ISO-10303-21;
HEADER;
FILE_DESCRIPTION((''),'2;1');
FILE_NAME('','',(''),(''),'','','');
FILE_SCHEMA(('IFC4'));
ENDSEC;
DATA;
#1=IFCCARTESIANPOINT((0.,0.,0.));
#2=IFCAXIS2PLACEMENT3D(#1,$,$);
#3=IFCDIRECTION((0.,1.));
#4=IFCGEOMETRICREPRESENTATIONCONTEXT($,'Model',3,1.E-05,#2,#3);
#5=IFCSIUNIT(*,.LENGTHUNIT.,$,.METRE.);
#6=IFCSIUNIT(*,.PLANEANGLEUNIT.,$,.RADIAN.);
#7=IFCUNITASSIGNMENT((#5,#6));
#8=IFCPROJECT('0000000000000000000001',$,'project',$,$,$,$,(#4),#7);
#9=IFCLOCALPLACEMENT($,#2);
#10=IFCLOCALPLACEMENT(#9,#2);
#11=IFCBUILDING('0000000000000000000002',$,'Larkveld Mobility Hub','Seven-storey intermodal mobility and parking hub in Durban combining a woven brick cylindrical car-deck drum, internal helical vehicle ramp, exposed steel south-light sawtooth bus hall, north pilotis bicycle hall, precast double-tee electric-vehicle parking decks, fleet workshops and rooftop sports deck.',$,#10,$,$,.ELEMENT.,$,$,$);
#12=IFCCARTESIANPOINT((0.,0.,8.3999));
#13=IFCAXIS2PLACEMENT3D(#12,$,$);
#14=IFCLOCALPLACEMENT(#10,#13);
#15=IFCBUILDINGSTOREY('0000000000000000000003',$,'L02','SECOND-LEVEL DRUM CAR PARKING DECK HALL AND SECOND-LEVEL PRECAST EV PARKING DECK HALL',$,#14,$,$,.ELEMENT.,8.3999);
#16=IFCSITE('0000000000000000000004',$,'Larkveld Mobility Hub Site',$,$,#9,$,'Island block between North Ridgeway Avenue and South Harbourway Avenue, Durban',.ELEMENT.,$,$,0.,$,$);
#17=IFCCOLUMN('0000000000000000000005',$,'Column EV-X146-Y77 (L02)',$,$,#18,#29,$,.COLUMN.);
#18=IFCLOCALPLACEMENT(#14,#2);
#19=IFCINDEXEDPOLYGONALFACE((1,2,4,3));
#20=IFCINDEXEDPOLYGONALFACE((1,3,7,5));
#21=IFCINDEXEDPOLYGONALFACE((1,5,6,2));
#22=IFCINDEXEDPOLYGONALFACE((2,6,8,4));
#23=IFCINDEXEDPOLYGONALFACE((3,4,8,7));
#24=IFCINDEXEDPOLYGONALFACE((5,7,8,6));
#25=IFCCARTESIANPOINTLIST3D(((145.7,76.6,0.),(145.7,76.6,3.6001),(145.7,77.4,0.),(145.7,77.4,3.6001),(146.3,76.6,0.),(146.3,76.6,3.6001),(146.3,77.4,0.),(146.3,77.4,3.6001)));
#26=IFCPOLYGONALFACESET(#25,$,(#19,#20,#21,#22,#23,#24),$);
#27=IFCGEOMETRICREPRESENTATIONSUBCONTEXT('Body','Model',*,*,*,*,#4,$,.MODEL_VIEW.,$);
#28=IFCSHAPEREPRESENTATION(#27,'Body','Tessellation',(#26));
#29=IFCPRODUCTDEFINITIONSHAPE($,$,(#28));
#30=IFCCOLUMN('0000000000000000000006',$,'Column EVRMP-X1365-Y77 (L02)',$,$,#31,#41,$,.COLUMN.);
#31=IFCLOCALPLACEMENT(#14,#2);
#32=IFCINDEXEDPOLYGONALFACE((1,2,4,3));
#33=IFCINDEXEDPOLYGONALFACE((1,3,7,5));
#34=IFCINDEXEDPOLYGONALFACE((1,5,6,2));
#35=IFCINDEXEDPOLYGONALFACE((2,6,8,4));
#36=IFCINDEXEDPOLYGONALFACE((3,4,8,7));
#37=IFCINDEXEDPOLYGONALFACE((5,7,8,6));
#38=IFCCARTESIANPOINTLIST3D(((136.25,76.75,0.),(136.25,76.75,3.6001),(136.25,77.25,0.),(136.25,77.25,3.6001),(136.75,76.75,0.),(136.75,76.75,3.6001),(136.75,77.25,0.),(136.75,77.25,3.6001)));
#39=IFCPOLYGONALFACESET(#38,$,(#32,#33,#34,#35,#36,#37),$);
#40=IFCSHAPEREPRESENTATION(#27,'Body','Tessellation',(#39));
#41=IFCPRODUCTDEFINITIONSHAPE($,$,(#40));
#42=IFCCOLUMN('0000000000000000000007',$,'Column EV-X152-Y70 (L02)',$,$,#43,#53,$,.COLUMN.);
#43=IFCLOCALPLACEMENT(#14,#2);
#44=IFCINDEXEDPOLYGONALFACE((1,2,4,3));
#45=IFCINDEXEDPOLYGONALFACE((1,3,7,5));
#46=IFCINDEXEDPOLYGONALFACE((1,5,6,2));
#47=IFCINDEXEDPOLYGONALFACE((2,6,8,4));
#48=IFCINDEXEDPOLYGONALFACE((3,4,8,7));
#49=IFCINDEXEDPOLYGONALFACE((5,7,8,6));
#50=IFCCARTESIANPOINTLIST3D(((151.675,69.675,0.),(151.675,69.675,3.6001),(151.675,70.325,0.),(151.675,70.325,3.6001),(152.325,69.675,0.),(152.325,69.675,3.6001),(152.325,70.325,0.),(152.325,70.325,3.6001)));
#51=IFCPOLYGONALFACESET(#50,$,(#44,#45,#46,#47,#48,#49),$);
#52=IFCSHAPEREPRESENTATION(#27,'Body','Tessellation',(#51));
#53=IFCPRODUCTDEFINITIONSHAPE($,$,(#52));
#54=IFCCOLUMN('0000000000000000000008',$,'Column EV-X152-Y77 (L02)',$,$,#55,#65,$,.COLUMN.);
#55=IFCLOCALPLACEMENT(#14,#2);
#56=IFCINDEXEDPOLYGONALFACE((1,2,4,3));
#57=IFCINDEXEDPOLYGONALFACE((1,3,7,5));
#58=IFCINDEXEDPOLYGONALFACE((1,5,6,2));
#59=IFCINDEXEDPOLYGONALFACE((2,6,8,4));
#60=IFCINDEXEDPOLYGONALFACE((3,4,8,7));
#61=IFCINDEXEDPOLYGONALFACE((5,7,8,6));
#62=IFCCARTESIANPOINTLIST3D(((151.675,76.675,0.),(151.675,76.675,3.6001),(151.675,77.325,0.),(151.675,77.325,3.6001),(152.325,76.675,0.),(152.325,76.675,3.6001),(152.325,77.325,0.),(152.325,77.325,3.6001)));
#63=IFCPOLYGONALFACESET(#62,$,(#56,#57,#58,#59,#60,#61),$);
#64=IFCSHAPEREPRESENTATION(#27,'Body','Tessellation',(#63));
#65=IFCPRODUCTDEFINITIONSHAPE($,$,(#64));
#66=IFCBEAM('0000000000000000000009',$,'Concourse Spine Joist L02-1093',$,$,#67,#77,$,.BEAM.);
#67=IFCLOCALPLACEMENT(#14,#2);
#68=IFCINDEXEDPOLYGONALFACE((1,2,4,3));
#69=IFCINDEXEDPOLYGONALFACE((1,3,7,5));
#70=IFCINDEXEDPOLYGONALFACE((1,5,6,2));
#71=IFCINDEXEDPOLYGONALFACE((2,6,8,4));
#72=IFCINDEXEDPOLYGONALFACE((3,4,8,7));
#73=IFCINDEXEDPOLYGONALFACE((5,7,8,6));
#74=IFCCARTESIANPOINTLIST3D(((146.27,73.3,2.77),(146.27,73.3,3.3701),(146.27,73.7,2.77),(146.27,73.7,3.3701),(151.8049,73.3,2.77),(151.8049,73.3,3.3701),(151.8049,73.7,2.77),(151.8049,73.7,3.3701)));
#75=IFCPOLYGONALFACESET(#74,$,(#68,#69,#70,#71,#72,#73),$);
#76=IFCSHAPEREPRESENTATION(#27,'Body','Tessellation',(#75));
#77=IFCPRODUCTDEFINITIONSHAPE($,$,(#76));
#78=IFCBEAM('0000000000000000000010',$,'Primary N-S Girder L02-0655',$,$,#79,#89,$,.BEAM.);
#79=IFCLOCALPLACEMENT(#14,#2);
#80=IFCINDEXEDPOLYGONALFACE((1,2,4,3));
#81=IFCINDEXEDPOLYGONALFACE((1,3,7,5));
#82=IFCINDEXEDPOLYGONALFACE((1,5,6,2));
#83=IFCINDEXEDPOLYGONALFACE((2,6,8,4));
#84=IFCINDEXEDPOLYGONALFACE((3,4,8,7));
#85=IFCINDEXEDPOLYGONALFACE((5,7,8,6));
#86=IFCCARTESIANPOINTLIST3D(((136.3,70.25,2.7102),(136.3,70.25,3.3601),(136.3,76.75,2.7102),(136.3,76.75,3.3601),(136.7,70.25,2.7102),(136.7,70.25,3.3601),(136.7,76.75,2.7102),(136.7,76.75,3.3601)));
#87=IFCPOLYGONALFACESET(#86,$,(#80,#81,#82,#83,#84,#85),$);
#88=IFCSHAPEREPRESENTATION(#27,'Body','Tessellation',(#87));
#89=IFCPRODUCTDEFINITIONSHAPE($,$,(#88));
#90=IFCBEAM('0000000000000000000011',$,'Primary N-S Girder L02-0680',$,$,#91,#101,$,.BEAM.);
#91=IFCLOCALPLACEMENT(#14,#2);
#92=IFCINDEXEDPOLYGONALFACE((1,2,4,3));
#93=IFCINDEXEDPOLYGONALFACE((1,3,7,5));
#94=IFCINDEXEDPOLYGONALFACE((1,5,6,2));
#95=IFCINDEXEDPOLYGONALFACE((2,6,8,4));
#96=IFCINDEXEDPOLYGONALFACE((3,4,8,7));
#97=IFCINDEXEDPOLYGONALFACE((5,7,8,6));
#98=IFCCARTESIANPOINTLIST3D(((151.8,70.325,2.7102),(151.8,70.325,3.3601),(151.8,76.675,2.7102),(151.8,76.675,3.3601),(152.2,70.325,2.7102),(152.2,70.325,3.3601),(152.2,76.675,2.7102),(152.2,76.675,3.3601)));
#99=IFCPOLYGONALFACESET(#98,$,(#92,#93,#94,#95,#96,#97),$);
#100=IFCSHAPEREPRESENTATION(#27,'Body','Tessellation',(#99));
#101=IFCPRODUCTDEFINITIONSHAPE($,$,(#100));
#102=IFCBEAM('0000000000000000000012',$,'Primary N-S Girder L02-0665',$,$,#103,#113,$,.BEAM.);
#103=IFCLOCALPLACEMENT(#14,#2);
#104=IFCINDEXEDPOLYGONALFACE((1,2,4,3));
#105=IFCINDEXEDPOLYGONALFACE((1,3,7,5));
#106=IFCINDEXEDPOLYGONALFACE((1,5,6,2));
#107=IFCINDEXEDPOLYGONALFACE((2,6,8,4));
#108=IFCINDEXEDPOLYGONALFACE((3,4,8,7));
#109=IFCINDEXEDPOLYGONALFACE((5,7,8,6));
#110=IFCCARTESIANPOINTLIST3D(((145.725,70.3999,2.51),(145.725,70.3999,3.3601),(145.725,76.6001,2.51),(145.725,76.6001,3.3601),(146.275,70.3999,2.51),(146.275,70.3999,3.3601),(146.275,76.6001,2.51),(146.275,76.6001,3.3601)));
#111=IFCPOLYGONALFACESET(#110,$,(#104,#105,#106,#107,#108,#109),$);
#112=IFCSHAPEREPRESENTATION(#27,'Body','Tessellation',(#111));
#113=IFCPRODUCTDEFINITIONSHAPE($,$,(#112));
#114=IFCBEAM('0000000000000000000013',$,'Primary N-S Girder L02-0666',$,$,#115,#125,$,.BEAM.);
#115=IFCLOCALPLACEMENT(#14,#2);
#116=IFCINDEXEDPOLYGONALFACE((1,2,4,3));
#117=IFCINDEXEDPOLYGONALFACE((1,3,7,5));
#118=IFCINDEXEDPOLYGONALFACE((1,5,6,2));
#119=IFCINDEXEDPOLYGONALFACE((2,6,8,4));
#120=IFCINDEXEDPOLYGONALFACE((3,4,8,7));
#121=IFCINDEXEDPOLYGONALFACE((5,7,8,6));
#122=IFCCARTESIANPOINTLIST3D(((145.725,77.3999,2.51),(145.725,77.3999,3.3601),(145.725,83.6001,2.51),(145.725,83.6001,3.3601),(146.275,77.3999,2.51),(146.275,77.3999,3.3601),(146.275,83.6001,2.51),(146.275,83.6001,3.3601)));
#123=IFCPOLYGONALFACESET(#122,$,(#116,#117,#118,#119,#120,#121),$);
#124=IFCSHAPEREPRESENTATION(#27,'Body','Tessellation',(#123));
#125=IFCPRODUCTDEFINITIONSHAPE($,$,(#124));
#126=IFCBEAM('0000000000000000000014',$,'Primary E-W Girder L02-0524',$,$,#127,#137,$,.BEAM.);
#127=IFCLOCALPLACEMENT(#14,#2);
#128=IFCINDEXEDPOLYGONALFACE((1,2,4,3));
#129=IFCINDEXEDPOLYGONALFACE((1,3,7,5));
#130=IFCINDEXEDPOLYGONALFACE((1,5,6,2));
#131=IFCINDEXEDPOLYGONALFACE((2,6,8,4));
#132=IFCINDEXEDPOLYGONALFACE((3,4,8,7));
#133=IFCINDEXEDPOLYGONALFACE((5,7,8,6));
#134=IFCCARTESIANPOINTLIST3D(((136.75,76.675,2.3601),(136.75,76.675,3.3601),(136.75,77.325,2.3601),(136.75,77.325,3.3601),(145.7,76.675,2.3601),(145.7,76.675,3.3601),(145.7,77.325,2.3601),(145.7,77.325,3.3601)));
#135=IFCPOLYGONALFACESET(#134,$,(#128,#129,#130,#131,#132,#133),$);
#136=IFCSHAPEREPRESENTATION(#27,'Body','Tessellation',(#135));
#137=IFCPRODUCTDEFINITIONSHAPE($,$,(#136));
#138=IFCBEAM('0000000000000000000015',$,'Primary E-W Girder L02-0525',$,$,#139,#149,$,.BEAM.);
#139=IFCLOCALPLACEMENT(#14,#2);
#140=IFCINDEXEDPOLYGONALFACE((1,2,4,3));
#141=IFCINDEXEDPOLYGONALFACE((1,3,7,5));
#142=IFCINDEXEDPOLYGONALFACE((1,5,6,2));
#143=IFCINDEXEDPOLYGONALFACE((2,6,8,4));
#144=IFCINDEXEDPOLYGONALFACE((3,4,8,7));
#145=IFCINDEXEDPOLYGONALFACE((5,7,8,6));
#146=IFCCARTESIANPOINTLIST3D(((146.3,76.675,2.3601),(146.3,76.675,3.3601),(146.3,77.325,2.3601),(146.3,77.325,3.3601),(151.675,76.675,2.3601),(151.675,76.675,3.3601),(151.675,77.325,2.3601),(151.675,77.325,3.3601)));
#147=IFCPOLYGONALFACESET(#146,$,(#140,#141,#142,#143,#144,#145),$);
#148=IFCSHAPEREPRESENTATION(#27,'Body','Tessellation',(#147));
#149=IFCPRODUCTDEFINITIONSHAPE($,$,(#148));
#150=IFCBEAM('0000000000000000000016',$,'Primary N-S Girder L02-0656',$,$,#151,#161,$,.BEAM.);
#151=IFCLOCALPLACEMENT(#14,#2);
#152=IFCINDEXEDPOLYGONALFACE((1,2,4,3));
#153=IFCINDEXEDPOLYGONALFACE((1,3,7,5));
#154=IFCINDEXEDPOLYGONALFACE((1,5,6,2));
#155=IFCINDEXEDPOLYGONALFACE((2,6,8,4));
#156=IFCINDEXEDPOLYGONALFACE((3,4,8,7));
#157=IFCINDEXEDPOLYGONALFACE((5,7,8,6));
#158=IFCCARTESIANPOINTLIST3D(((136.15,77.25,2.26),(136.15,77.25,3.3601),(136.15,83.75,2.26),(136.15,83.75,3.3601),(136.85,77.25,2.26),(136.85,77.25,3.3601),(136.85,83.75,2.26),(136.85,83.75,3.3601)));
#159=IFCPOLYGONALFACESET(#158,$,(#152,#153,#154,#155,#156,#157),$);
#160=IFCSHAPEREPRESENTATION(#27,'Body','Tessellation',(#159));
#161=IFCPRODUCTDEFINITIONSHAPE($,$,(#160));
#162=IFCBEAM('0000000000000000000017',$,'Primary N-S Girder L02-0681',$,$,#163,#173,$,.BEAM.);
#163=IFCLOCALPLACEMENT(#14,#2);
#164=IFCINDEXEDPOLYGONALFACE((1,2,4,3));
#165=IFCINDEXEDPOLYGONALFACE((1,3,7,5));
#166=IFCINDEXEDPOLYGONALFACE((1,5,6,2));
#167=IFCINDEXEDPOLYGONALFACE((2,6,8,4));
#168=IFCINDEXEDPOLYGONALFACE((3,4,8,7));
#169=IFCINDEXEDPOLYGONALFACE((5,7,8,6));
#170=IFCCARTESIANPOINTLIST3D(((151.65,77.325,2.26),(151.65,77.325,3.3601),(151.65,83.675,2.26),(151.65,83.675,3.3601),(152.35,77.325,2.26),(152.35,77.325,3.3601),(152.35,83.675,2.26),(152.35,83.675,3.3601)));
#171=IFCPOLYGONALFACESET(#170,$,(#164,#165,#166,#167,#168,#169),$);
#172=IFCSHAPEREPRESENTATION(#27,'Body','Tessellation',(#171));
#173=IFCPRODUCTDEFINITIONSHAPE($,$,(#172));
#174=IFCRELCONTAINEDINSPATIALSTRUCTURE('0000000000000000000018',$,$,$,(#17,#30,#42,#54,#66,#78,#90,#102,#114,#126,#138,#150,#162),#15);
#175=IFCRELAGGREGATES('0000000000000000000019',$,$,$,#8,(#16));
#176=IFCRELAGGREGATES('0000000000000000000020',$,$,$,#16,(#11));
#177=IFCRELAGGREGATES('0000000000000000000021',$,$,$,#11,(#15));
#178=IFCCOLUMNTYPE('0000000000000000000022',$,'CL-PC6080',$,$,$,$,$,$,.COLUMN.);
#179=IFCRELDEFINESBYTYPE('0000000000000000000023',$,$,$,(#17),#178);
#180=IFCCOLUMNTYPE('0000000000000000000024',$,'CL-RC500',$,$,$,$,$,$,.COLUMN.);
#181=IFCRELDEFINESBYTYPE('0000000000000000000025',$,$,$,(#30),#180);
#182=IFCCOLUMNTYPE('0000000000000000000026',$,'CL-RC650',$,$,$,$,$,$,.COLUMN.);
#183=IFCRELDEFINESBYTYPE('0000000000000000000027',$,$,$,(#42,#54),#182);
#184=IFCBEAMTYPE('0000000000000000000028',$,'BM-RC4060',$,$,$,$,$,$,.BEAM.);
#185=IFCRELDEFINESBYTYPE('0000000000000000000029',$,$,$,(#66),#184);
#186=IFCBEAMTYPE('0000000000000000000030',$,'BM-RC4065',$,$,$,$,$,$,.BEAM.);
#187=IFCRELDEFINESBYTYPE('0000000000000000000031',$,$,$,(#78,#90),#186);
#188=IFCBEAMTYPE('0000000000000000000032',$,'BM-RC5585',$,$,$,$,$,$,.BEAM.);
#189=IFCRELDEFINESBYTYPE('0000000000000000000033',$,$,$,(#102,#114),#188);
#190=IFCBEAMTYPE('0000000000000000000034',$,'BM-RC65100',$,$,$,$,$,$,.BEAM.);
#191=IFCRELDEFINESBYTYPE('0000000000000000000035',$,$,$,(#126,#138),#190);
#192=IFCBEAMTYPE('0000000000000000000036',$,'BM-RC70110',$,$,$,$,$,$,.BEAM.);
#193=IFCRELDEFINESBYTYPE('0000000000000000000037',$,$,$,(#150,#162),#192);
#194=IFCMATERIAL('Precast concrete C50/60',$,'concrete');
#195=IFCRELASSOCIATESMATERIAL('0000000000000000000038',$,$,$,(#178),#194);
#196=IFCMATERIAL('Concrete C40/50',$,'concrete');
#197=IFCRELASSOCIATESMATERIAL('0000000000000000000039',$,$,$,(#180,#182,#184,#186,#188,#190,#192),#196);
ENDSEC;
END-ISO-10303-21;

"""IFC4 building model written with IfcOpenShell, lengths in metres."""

from ifc_helpers import new_model, si_unit, direction, frame, origin, origin_2d, place, context, subcontext, project, spatial, rectangle, extrude, material, material_profile, profile_set, type_object, element, save


model = new_model("IFC4")

# Units and contexts
model_context = context("Model", 3, precision=1e-05, world=origin(), true_north=direction((0.0, 1.0)))
body_context = subcontext(model_context, "Body", "Model", "MODEL_VIEW")
ifc_project = project(units=[si_unit("LENGTHUNIT", "METRE"), si_unit("PLANEANGLEUNIT", "RADIAN")], contexts=[model_context])

# Site, building, storey
site_placement = place(None, origin())
site = spatial("IfcSite", under=ifc_project, at=site_placement, Name="Larkveld Mobility Hub Site", LongName="Island block between North Ridgeway Avenue and South Harbourway Avenue, Durban", CompositionType="ELEMENT", RefElevation=0.0)
building_placement = place(site_placement, origin())
building = spatial("IfcBuilding", under=site, at=building_placement, Name="Larkveld Mobility Hub", Description="Seven-storey intermodal mobility and parking hub in Durban combining a woven brick cylindrical car-deck drum, internal helical vehicle ramp, exposed steel south-light sawtooth bus hall, north pilotis bicycle hall, precast double-tee electric-vehicle parking decks, fleet workshops and rooftop sports deck.", CompositionType="ELEMENT")
storey_placement = place(building_placement, frame((0.0, 0.0, 8.3999)))
storey = spatial("IfcBuildingStorey", under=building, at=storey_placement, Name="L02", Description="SECOND-LEVEL DRUM CAR PARKING DECK HALL AND SECOND-LEVEL PRECAST EV PARKING DECK HALL", CompositionType="ELEMENT", Elevation=8.3999)

# Columns
ifc_material_1 = material(Name="Precast concrete C50/60", Category="concrete")
ifc_material_profile_1 = material_profile(ifc_material_1, rectangle(XDim=0.6001, YDim=0.8, at=origin_2d()), Name="RC COL 600x800")
ifc_profile_set_1 = profile_set([ifc_material_profile_1], Name="Precast concrete C50/60")
column_type_1 = type_object("IfcColumnType", Name="CL-PC6080", PredefinedType="COLUMN", material=ifc_profile_set_1)
column_1_placement = place(storey_placement, frame((146.0, 77.0, 0.0), z_axis=(0.0, 0.0, 1.0), x_axis=(1.0, 0.0, 0.0)))
element("IfcColumn", 1, at=column_1_placement, inside=storey, type_object=column_type_1, Name="Column EV-X146-Y77 (L02)", PredefinedType="COLUMN", context=body_context, shape_type="SweptSolid", body=[
    extrude(rectangle(XDim=0.6001, YDim=0.8, at=origin_2d()), origin(), (0.0, 0.0, 1.0), 3.6001),
])
ifc_material_2 = material(Name="Concrete C40/50", Category="concrete")
ifc_material_profile_2 = material_profile(ifc_material_2, rectangle(XDim=0.5, YDim=0.5, at=origin_2d()), Name="RC COL 500x500")
ifc_profile_set_2 = profile_set([ifc_material_profile_2], Name="Concrete C40/50")
column_type_2 = type_object("IfcColumnType", Name="CL-RC500", PredefinedType="COLUMN", material=ifc_profile_set_2)
column_2_placement = place(storey_placement, frame((136.5, 77.0, 0.0), z_axis=(0.0, 0.0, 1.0), x_axis=(1.0, 0.0, 0.0)))
element("IfcColumn", 2, at=column_2_placement, inside=storey, type_object=column_type_2, Name="Column EVRMP-X1365-Y77 (L02)", PredefinedType="COLUMN", context=body_context, shape_type="SweptSolid", body=[
    extrude(rectangle(XDim=0.5, YDim=0.5, at=origin_2d()), origin(), (0.0, 0.0, 1.0), 3.6001),
])
ifc_material_profile_3 = material_profile(ifc_material_2, rectangle(XDim=0.6499, YDim=0.6499, at=origin_2d()), Name="RC COL 650x650")
ifc_profile_set_3 = profile_set([ifc_material_profile_3], Name="Concrete C40/50")
column_type_3 = type_object("IfcColumnType", Name="CL-RC650", PredefinedType="COLUMN", material=ifc_profile_set_3)
for number, where, z_axis, x_axis, name in (
    (3, (152.0, 70.0, 0.0), (0.0, 0.0, 1.0), (1.0, 0.0, 0.0), "Column EV-X152-Y70 (L02)"),
    (4, (152.0, 77.0, 0.0), (0.0, 0.0, 1.0), (1.0, 0.0, 0.0), "Column EV-X152-Y77 (L02)"),
):
    element("IfcColumn", number, at=place(storey_placement, frame(where, z_axis=z_axis, x_axis=x_axis)), inside=storey, type_object=column_type_3, Name=name, PredefinedType="COLUMN", context=body_context, shape_type="SweptSolid", body=[
        extrude(rectangle(XDim=0.6499, YDim=0.6499, at=origin_2d()), origin(), (0.0, 0.0, 1.0), 3.6001),
    ])

# Beams
ifc_material_profile_4 = material_profile(ifc_material_2, rectangle(XDim=0.3999, YDim=0.6001, at=origin_2d()), Name="RC BM 400x600")
ifc_profile_set_4 = profile_set([ifc_material_profile_4], Name="Concrete C40/50")
beam_type_1 = type_object("IfcBeamType", Name="BM-RC4060", PredefinedType="BEAM", material=ifc_profile_set_4)
beam_1_placement = place(storey_placement, frame((146.27, 73.5, 3.0701), z_axis=(1.0, 0.0, 0.0), x_axis=(0.0, 1.0, 0.0)))
element("IfcBeam", 5, at=beam_1_placement, inside=storey, type_object=beam_type_1, Name="Concourse Spine Joist L02-1093", PredefinedType="BEAM", context=body_context, shape_type="SweptSolid", body=[
    extrude(rectangle(XDim=0.3999, YDim=0.6001, at=origin_2d()), origin(), (0.0, 0.0, 1.0), 5.5349),
])
ifc_material_profile_5 = material_profile(ifc_material_2, rectangle(XDim=0.3999, YDim=0.6499, at=origin_2d()), Name="RC BM 400x650")
ifc_profile_set_5 = profile_set([ifc_material_profile_5], Name="Concrete C40/50")
beam_type_2 = type_object("IfcBeamType", Name="BM-RC4065", PredefinedType="BEAM", material=ifc_profile_set_5)
beam_2_placement = place(storey_placement, frame((136.5, 70.25, 3.0352), z_axis=(0.0, 1.0, 0.0), x_axis=(-1.0, 0.0, 0.0)))
element("IfcBeam", 6, at=beam_2_placement, inside=storey, type_object=beam_type_2, Name="Primary N-S Girder L02-0655", PredefinedType="BEAM", context=body_context, shape_type="SweptSolid", body=[
    extrude(rectangle(XDim=0.3999, YDim=0.6499, at=origin_2d()), origin(), (0.0, 0.0, 1.0), 6.5),
])
beam_3_placement = place(storey_placement, frame((152.0, 70.325, 3.0352), z_axis=(0.0, 1.0, 0.0), x_axis=(-1.0, 0.0, 0.0)))
element("IfcBeam", 7, at=beam_3_placement, inside=storey, type_object=beam_type_2, Name="Primary N-S Girder L02-0680", PredefinedType="BEAM", context=body_context, shape_type="SweptSolid", body=[
    extrude(rectangle(XDim=0.3999, YDim=0.6499, at=origin_2d()), origin(), (0.0, 0.0, 1.0), 6.3501),
])
ifc_material_profile_6 = material_profile(ifc_material_2, rectangle(XDim=0.55, YDim=0.8501, at=origin_2d()), Name="RC BM 550x850")
ifc_profile_set_6 = profile_set([ifc_material_profile_6], Name="Concrete C40/50")
beam_type_3 = type_object("IfcBeamType", Name="BM-RC5585", PredefinedType="BEAM", material=ifc_profile_set_6)
for number, where, z_axis, x_axis, name in (
    (8, (146.0, 70.3999, 2.9351), (0.0, 1.0, 0.0), (-1.0, 0.0, 0.0), "Primary N-S Girder L02-0665"),
    (9, (146.0, 77.3999, 2.9351), (0.0, 1.0, 0.0), (-1.0, 0.0, 0.0), "Primary N-S Girder L02-0666"),
):
    element("IfcBeam", number, at=place(storey_placement, frame(where, z_axis=z_axis, x_axis=x_axis)), inside=storey, type_object=beam_type_3, Name=name, PredefinedType="BEAM", context=body_context, shape_type="SweptSolid", body=[
        extrude(rectangle(XDim=0.55, YDim=0.8501, at=origin_2d()), origin(), (0.0, 0.0, 1.0), 6.2002),
    ])
ifc_material_profile_7 = material_profile(ifc_material_2, rectangle(XDim=0.6499, YDim=1.0, at=origin_2d()), Name="RC BM 650x1000")
ifc_profile_set_7 = profile_set([ifc_material_profile_7], Name="Concrete C40/50")
beam_type_4 = type_object("IfcBeamType", Name="BM-RC65100", PredefinedType="BEAM", material=ifc_profile_set_7)
beam_4_placement = place(storey_placement, frame((136.75, 77.0, 2.8601), z_axis=(1.0, 0.0, 0.0), x_axis=(0.0, 1.0, 0.0)))
element("IfcBeam", 10, at=beam_4_placement, inside=storey, type_object=beam_type_4, Name="Primary E-W Girder L02-0524", PredefinedType="BEAM", context=body_context, shape_type="SweptSolid", body=[
    extrude(rectangle(XDim=0.6499, YDim=1.0, at=origin_2d()), origin(), (0.0, 0.0, 1.0), 8.95),
])
beam_5_placement = place(storey_placement, frame((146.3, 77.0, 2.8601), z_axis=(1.0, 0.0, 0.0), x_axis=(0.0, 1.0, 0.0)))
element("IfcBeam", 11, at=beam_5_placement, inside=storey, type_object=beam_type_4, Name="Primary E-W Girder L02-0525", PredefinedType="BEAM", context=body_context, shape_type="SweptSolid", body=[
    extrude(rectangle(XDim=0.6499, YDim=1.0, at=origin_2d()), origin(), (0.0, 0.0, 1.0), 5.375),
])
ifc_material_profile_8 = material_profile(ifc_material_2, rectangle(XDim=0.7, YDim=1.1001, at=origin_2d()), Name="RC BM 700x1100")
ifc_profile_set_8 = profile_set([ifc_material_profile_8], Name="Concrete C40/50")
beam_type_5 = type_object("IfcBeamType", Name="BM-RC70110", PredefinedType="BEAM", material=ifc_profile_set_8)
beam_6_placement = place(storey_placement, frame((136.5, 77.25, 2.8101), z_axis=(0.0, 1.0, 0.0), x_axis=(-1.0, 0.0, 0.0)))
element("IfcBeam", 12, at=beam_6_placement, inside=storey, type_object=beam_type_5, Name="Primary N-S Girder L02-0656", PredefinedType="BEAM", context=body_context, shape_type="SweptSolid", body=[
    extrude(rectangle(XDim=0.7, YDim=1.1001, at=origin_2d()), origin(), (0.0, 0.0, 1.0), 6.5),
])
beam_7_placement = place(storey_placement, frame((152.0, 77.325, 2.8101), z_axis=(0.0, 1.0, 0.0), x_axis=(-1.0, 0.0, 0.0)))
element("IfcBeam", 13, at=beam_7_placement, inside=storey, type_object=beam_type_5, Name="Primary N-S Girder L02-0681", PredefinedType="BEAM", context=body_context, shape_type="SweptSolid", body=[
    extrude(rectangle(XDim=0.7, YDim=1.1001, at=origin_2d()), origin(), (0.0, 0.0, 1.0), 6.3501),
])

save(model, "model.ifc")
